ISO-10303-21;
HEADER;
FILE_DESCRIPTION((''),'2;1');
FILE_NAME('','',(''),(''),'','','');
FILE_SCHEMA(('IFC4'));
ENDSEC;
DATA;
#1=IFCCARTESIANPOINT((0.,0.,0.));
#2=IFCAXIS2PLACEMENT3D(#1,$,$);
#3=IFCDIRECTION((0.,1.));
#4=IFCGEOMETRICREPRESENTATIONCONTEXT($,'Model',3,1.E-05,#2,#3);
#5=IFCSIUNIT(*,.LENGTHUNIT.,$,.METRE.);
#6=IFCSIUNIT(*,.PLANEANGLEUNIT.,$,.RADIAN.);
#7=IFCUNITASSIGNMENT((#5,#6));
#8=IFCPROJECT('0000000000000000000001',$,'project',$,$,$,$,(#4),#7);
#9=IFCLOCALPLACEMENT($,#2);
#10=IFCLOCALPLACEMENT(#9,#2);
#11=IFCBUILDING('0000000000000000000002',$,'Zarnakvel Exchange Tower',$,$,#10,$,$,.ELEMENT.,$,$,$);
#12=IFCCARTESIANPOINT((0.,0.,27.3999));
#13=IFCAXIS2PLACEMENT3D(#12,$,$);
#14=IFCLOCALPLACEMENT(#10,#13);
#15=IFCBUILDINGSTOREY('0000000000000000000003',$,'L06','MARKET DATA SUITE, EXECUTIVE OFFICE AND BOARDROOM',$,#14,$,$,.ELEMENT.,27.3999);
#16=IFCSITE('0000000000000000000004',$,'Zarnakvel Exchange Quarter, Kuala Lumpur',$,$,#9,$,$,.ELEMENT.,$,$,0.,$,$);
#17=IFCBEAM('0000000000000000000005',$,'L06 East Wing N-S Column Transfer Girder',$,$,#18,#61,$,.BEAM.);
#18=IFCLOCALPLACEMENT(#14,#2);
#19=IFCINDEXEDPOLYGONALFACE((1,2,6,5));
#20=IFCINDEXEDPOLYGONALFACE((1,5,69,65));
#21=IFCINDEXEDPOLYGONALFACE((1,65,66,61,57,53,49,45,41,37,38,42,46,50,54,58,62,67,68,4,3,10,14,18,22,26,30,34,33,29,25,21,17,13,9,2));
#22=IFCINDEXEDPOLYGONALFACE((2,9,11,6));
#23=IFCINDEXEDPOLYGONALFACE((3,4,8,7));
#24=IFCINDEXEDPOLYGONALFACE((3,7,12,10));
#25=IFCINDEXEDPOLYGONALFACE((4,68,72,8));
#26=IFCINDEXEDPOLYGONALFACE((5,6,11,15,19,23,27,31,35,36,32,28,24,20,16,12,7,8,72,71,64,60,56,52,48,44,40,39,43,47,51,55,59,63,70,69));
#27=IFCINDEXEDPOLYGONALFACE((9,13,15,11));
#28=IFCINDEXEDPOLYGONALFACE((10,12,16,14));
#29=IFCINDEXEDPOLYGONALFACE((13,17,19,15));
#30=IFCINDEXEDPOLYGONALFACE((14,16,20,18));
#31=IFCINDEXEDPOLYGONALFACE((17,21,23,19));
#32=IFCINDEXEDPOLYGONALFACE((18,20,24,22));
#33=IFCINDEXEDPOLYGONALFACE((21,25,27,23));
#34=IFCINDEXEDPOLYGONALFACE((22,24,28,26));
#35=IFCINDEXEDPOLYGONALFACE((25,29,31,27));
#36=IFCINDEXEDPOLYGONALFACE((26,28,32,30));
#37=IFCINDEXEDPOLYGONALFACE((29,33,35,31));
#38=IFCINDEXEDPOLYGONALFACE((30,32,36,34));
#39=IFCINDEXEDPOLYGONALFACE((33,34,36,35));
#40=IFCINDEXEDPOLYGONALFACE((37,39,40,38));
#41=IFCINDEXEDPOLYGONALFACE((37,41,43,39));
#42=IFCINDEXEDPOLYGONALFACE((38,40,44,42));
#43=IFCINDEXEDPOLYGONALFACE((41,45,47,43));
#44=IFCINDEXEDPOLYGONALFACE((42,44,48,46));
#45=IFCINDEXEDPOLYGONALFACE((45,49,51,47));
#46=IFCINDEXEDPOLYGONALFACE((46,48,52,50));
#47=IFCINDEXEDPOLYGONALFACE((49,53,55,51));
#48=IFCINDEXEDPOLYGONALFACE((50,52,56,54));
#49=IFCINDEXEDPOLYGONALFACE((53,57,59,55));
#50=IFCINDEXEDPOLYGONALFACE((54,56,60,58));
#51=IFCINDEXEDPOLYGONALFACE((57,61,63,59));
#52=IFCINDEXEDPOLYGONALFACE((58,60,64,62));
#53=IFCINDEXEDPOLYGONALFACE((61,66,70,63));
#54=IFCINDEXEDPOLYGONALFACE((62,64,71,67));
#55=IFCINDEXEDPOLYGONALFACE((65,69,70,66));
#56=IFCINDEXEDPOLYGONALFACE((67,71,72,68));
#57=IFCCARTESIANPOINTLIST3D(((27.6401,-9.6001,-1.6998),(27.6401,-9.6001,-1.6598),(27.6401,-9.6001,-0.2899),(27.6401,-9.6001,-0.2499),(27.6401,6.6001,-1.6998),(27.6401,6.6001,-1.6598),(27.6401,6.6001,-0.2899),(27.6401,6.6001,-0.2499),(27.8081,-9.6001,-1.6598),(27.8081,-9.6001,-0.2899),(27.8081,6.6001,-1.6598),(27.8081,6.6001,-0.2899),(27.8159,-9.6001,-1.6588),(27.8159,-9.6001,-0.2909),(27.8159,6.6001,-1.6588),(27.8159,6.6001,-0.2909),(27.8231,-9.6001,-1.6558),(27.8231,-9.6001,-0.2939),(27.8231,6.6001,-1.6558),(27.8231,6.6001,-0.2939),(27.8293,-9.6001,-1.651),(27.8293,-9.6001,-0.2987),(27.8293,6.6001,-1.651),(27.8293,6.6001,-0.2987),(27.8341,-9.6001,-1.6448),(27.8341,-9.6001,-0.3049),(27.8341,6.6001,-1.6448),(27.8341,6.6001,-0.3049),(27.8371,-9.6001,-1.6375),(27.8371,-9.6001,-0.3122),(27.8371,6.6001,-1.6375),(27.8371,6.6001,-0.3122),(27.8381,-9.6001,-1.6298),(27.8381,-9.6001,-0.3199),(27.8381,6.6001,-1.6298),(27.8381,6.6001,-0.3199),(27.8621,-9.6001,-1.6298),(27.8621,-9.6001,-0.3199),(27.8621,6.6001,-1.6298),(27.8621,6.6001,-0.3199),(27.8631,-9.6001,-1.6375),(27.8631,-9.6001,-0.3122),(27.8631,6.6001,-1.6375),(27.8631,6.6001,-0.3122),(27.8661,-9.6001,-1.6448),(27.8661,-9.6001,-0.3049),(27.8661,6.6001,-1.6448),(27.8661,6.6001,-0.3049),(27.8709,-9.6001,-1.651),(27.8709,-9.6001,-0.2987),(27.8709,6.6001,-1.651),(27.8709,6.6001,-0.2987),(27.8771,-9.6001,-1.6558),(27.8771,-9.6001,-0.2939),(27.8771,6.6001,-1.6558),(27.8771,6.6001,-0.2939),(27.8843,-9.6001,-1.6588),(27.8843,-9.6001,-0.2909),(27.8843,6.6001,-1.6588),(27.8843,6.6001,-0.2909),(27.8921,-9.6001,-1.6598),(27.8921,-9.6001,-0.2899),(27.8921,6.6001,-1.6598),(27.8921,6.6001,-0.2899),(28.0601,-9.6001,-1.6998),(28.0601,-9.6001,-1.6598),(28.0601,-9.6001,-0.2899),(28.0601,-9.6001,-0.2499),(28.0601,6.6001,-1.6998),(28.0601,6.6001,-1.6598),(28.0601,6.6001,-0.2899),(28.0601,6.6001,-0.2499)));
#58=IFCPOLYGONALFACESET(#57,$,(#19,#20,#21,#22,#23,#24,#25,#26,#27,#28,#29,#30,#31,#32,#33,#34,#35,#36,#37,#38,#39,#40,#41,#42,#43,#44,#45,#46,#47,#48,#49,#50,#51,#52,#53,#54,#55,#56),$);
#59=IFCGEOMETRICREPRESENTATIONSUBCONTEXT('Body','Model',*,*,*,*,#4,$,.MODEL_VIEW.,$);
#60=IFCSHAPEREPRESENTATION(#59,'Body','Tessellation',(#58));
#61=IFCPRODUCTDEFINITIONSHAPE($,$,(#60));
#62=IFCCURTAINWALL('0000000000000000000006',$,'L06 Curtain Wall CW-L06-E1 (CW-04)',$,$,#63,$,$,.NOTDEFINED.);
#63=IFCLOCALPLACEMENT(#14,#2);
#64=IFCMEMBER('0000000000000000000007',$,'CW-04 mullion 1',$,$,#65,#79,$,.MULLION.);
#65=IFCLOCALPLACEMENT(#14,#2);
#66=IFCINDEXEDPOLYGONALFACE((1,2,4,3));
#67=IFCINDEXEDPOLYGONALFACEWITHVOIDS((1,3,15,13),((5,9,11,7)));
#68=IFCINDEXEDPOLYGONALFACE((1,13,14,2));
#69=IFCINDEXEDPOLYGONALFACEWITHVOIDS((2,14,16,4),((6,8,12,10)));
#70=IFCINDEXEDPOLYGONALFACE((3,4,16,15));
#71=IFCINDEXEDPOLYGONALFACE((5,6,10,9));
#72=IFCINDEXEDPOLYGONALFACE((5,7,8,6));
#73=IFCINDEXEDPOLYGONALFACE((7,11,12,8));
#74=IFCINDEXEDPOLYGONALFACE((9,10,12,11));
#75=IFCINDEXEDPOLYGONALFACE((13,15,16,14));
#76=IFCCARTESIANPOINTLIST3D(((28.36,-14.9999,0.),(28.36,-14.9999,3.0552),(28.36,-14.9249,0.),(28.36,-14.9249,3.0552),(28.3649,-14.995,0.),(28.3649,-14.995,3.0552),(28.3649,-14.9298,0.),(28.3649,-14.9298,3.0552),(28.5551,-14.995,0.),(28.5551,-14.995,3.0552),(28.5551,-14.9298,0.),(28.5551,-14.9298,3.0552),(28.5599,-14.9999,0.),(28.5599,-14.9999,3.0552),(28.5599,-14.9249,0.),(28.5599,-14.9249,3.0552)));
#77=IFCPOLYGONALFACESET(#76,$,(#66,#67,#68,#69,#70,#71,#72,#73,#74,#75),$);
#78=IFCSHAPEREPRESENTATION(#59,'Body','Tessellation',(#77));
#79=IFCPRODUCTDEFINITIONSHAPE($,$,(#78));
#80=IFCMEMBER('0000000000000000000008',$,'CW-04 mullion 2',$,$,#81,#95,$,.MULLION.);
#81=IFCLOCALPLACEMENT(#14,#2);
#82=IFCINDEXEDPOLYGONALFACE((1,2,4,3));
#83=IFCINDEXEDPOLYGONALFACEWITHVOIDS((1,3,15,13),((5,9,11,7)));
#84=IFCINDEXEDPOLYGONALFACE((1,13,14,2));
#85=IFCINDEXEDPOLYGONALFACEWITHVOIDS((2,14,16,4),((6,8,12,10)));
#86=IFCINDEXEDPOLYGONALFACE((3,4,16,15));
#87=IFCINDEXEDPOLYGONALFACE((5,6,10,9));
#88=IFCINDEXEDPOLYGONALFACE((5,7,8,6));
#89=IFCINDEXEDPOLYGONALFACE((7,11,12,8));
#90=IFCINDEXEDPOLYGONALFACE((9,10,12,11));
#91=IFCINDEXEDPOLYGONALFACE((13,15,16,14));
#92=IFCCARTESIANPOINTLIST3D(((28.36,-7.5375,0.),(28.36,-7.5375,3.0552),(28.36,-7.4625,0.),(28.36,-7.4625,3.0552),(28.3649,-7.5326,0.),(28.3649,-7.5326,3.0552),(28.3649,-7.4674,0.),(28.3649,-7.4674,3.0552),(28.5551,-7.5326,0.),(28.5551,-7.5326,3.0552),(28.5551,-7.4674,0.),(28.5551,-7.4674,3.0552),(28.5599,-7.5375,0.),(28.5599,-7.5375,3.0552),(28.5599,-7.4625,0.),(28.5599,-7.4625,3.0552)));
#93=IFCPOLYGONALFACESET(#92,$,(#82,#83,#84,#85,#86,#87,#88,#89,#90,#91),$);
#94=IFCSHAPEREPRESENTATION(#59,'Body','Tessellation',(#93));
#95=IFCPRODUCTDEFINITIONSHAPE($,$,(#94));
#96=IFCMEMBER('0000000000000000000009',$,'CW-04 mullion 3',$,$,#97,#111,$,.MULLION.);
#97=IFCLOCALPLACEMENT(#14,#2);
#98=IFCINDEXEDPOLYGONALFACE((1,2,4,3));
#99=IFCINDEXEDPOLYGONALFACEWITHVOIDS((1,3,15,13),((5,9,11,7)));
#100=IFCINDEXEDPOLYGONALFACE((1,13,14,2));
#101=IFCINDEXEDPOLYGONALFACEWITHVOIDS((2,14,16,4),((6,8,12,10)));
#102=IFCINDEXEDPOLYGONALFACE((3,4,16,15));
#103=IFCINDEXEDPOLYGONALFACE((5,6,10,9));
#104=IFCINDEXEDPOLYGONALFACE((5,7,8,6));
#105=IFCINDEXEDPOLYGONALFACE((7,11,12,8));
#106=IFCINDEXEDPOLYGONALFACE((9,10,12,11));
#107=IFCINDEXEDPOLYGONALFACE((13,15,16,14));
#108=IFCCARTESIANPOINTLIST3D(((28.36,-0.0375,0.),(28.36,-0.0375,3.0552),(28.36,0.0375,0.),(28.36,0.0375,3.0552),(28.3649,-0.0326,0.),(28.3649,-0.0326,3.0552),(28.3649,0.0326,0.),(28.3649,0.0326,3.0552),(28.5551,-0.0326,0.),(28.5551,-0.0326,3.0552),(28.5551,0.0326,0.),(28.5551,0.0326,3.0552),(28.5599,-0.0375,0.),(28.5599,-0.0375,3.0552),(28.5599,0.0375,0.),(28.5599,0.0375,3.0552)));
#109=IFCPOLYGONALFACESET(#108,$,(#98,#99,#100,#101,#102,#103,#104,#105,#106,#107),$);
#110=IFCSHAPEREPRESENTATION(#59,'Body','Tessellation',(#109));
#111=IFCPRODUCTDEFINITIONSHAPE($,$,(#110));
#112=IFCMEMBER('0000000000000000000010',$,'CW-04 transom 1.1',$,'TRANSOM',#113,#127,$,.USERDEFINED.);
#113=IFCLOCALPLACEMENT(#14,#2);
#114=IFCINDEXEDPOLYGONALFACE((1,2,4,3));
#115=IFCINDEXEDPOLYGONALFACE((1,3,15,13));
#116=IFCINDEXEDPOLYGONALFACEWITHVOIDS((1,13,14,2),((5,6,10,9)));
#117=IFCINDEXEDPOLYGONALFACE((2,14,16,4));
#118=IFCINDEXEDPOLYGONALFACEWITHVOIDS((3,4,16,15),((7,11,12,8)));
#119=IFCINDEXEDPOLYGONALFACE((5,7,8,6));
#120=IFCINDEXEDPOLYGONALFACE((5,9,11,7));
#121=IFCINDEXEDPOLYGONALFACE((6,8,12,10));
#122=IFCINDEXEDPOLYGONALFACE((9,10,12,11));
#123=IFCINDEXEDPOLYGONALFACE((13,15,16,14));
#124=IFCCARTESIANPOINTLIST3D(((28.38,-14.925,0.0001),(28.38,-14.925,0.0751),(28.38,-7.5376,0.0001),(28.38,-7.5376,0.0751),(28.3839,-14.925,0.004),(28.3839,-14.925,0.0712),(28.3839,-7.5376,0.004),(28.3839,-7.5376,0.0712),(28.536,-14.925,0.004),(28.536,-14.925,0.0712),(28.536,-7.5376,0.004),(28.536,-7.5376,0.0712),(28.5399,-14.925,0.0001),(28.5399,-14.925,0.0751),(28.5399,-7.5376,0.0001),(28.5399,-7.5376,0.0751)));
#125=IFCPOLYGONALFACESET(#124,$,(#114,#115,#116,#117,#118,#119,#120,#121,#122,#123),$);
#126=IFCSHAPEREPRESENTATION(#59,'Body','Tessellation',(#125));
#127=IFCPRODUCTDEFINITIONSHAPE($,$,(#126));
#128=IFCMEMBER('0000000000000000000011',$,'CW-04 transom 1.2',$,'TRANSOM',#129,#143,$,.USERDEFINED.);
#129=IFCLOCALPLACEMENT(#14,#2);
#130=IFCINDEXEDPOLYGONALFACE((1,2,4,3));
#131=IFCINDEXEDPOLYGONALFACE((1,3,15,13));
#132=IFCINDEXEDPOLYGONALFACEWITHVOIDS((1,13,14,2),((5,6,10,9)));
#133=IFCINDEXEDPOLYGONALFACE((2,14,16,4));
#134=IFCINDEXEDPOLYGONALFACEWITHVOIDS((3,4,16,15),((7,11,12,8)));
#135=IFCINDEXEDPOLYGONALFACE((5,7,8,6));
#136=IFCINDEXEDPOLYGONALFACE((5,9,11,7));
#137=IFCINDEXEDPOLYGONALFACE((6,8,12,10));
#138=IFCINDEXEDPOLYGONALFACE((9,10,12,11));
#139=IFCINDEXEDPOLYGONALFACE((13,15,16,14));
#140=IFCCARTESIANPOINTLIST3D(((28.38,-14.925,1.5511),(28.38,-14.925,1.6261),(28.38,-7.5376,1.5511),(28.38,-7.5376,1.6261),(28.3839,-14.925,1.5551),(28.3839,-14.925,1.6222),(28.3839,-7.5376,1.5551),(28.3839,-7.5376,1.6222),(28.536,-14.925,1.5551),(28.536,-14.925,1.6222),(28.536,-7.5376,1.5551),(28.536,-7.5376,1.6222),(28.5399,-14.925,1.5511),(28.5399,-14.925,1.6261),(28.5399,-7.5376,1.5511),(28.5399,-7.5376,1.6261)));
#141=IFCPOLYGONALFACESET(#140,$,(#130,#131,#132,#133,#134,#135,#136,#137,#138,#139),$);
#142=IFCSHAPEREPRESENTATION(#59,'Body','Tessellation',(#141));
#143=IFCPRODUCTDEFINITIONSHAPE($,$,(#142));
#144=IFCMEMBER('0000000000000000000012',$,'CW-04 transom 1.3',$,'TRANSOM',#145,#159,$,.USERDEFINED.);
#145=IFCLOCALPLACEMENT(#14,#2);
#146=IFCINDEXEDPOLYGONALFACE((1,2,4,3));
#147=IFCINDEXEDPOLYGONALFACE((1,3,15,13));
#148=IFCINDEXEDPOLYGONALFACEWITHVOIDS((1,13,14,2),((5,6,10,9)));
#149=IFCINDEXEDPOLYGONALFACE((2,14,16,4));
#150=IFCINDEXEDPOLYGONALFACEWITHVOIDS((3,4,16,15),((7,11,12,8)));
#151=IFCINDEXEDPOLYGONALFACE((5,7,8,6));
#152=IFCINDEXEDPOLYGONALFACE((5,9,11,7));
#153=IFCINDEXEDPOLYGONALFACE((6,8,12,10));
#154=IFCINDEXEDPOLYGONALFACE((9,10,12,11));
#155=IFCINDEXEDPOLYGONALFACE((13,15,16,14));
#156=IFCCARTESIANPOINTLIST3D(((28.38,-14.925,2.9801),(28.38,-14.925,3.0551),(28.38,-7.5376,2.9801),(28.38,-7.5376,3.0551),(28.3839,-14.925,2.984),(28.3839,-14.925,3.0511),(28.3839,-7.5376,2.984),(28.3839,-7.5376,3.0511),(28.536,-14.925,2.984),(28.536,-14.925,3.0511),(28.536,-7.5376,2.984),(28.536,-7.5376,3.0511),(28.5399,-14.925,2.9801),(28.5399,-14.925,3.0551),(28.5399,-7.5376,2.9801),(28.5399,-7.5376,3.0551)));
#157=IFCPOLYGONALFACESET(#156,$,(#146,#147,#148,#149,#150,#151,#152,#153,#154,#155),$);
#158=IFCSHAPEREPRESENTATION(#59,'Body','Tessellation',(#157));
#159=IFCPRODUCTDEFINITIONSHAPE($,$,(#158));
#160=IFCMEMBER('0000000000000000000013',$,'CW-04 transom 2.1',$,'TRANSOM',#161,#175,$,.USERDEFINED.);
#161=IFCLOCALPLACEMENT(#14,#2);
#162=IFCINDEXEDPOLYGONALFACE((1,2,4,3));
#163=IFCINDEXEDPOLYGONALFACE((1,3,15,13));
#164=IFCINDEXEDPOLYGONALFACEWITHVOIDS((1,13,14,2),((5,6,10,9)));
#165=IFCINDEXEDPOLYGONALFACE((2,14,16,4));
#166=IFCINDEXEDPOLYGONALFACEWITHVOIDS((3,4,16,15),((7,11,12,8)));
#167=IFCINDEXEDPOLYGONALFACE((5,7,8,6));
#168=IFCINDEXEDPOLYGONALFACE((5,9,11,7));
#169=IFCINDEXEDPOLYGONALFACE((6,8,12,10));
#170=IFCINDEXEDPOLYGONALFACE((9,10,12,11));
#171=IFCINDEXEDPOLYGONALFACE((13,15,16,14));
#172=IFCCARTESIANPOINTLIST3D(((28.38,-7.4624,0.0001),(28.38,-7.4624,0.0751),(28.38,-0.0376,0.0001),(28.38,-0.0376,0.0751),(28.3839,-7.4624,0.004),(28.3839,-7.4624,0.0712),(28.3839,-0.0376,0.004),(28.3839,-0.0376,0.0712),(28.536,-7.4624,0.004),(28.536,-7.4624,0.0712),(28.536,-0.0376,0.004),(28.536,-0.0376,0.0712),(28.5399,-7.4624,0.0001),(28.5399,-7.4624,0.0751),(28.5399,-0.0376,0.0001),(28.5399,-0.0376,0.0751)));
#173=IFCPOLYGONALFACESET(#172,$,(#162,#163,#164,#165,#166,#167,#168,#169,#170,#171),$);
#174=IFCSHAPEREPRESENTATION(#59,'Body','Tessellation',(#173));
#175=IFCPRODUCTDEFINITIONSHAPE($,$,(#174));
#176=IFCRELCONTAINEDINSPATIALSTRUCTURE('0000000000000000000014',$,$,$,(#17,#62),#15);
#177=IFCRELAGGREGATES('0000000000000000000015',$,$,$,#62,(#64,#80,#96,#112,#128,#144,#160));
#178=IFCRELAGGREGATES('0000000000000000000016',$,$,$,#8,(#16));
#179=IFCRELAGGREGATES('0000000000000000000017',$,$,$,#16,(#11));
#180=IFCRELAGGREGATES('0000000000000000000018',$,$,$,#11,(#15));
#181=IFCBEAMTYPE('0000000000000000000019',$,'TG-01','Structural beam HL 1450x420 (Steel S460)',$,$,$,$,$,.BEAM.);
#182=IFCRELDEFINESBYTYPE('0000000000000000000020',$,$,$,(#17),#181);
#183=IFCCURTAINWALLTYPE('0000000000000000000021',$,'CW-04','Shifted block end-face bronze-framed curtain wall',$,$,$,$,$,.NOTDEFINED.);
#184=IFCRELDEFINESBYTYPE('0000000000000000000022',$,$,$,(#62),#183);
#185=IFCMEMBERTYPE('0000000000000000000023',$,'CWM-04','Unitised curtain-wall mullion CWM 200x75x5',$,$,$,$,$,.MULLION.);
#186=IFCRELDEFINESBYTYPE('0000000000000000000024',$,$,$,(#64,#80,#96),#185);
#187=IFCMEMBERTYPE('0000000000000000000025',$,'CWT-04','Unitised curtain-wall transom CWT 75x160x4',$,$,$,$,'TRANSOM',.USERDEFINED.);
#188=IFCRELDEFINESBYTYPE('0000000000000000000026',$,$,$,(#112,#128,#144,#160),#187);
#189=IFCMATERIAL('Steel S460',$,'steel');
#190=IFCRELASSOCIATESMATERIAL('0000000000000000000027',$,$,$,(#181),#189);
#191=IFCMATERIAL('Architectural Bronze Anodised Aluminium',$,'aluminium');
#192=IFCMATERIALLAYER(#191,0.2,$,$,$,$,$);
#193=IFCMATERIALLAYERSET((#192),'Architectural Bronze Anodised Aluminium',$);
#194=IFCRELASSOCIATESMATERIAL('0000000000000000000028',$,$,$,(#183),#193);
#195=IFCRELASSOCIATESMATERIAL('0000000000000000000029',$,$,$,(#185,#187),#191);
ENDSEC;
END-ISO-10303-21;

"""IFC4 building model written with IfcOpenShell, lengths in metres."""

from ifc_helpers import new_model, si_unit, direction, frame, origin, origin_2d, place, context, subcontext, project, spatial, hollow_rectangle, i_section, extrude, source, transform, mapped, material, layer, layer_set, material_profile, profile_set, type_object, element, aggregate, save


model = new_model("IFC4")

# Units and contexts
model_context = context("Model", 3, precision=1e-05, world=origin(), true_north=direction((0.0, 1.0)))
body_context = subcontext(model_context, "Body", "Model", "MODEL_VIEW")
ifc_project = project(units=[si_unit("LENGTHUNIT", "METRE"), si_unit("PLANEANGLEUNIT", "RADIAN")], contexts=[model_context])

# Site, building, storey
site_placement = place(None, origin())
site = spatial("IfcSite", under=ifc_project, at=site_placement, Name="Zarnakvel Exchange Quarter, Kuala Lumpur", CompositionType="ELEMENT", RefElevation=0.0)
building_placement = place(site_placement, origin())
building = spatial("IfcBuilding", under=site, at=building_placement, Name="Zarnakvel Exchange Tower", CompositionType="ELEMENT")
storey_placement = place(building_placement, frame((0.0, 0.0, 27.3999)))
storey = spatial("IfcBuildingStorey", under=building, at=storey_placement, Name="L06", Description="MARKET DATA SUITE, EXECUTIVE OFFICE AND BOARDROOM", CompositionType="ELEMENT", Elevation=27.3999)

# Beam
ifc_material_1 = material(Name="Steel S460", Category="steel")
ifc_material_profile_1 = material_profile(ifc_material_1, i_section(OverallWidth=0.4199, OverallDepth=1.45, WebThickness=0.0239, FlangeThickness=0.04, FilletRadius=0.03, at=origin_2d()))
ifc_profile_set_1 = profile_set([ifc_material_profile_1], Name="Steel S460")
beam_type_1 = type_object("IfcBeamType", Name="TG-01", Description="Structural beam HL 1450x420 (Steel S460)", PredefinedType="BEAM", material=ifc_profile_set_1)
beam_1_placement = place(storey_placement, frame((27.8501, -9.6001, -0.9749), z_axis=(0.0, 1.0, 0.0), x_axis=(-1.0, 0.0, 0.0)))
element("IfcBeam", 1, at=beam_1_placement, inside=storey, type_object=beam_type_1, Name="L06 East Wing N-S Column Transfer Girder", PredefinedType="BEAM", context=body_context, shape_type="SweptSolid", body=[
    extrude(i_section(OverallWidth=0.4199, OverallDepth=1.45, WebThickness=0.0239, FlangeThickness=0.04, FilletRadius=0.03, at=origin_2d()), origin(), (0.0, 0.0, 1.0), 16.2002),
])

# Curtain wall, members
ifc_material_2 = material(Name="Architectural Bronze Anodised Aluminium", Category="aluminium")
ifc_layer_1 = layer(ifc_material_2, 0.2)
ifc_layer_set_1 = layer_set([ifc_layer_1], Name="Architectural Bronze Anodised Aluminium")
curtain_wall_type = type_object("IfcCurtainWallType", Name="CW-04", Description="Shifted block end-face bronze-framed curtain wall", PredefinedType="NOTDEFINED", material=ifc_layer_set_1)
curtain_wall_placement = place(storey_placement, origin())
curtain_wall = element("IfcCurtainWall", 2, at=curtain_wall_placement, inside=storey, type_object=curtain_wall_type, Name="L06 Curtain Wall CW-L06-E1 (CW-04)", PredefinedType="NOTDEFINED")
ifc_material_profile_2 = material_profile(ifc_material_2, hollow_rectangle(XDim=0.2, YDim=0.075, WallThickness=0.0049, at=origin_2d()))
ifc_profile_set_2 = profile_set([ifc_material_profile_2], Name="Architectural Bronze Anodised Aluminium")
member_type_1 = type_object("IfcMemberType", Name="CWM-04", Description="Unitised curtain-wall mullion CWM 200x75x5", PredefinedType="MULLION", material=ifc_profile_set_2)
shared_shape_1 = source(origin(), body_context, "Body", "SweptSolid", [
    extrude(hollow_rectangle(XDim=0.2, YDim=0.075, WallThickness=0.0049, at=origin_2d()), origin(), (0.0, 0.0, 1.0), 3.0552),
])
member_1_placement = place(storey_placement, frame((28.46, -14.9624, 0.0), z_axis=(0.0, 0.0, 1.0), x_axis=(-1.0, 0.0, 0.0)))
member_1 = element("IfcMember", 3, at=member_1_placement, type_object=member_type_1, Name="CW-04 mullion 1", PredefinedType="MULLION", context=body_context, shape_type="MappedRepresentation", body=[
    mapped(shared_shape_1, transform((0.0, 0.0, 0.0), x_axis=(1.0, 0.0, 0.0), y_axis=(0.0, 1.0, 0.0), z_axis=(0.0, 0.0, 1.0), scale=1.0)),
])
member_2_placement = place(storey_placement, frame((28.46, -7.5, 0.0), z_axis=(0.0, 0.0, 1.0), x_axis=(-1.0, 0.0, 0.0)))
member_2 = element("IfcMember", 4, at=member_2_placement, type_object=member_type_1, Name="CW-04 mullion 2", PredefinedType="MULLION", context=body_context, shape_type="MappedRepresentation", body=[
    mapped(shared_shape_1, transform((0.0, 0.0, 0.0), x_axis=(1.0, 0.0, 0.0), y_axis=(0.0, 1.0, 0.0), z_axis=(0.0, 0.0, 1.0), scale=1.0)),
])
member_3_placement = place(storey_placement, frame((28.46, 0.0, 0.0), z_axis=(0.0, 0.0, 1.0), x_axis=(-1.0, 0.0, 0.0)))
member_3 = element("IfcMember", 5, at=member_3_placement, type_object=member_type_1, Name="CW-04 mullion 3", PredefinedType="MULLION", context=body_context, shape_type="MappedRepresentation", body=[
    mapped(shared_shape_1, transform((0.0, 0.0, 0.0), x_axis=(1.0, 0.0, 0.0), y_axis=(0.0, 1.0, 0.0), z_axis=(0.0, 0.0, 1.0), scale=1.0)),
])
ifc_material_profile_3 = material_profile(ifc_material_2, hollow_rectangle(XDim=0.1599, YDim=0.075, WallThickness=0.0039, at=origin_2d()))
ifc_profile_set_3 = profile_set([ifc_material_profile_3], Name="Architectural Bronze Anodised Aluminium")
member_type_2 = type_object("IfcMemberType", Name="CWT-04", Description="Unitised curtain-wall transom CWT 75x160x4", ElementType="TRANSOM", PredefinedType="USERDEFINED", material=ifc_profile_set_3)
shared_shape_2 = source(origin(), body_context, "Body", "SweptSolid", [
    extrude(hollow_rectangle(XDim=0.1599, YDim=0.075, WallThickness=0.0039, at=origin_2d()), origin(), (0.0, 0.0, 1.0), 7.3875),
])
member_4_placement = place(storey_placement, frame((28.46, -14.925, 0.0376), z_axis=(0.0, 1.0, 0.0), x_axis=(-1.0, 0.0, 0.0)))
member_4 = element("IfcMember", 6, at=member_4_placement, type_object=member_type_2, Name="CW-04 transom 1.1", ObjectType="TRANSOM", PredefinedType="USERDEFINED", context=body_context, shape_type="MappedRepresentation", body=[
    mapped(shared_shape_2, transform((0.0, 0.0, 0.0), x_axis=(1.0, 0.0, 0.0), y_axis=(0.0, 1.0, 0.0), z_axis=(0.0, 0.0, 1.0), scale=1.0)),
])
member_5_placement = place(storey_placement, frame((28.46, -14.925, 1.5886), z_axis=(0.0, 1.0, 0.0), x_axis=(-1.0, 0.0, 0.0)))
member_5 = element("IfcMember", 7, at=member_5_placement, type_object=member_type_2, Name="CW-04 transom 1.2", ObjectType="TRANSOM", PredefinedType="USERDEFINED", context=body_context, shape_type="MappedRepresentation", body=[
    mapped(shared_shape_2, transform((0.0, 0.0, 0.0), x_axis=(1.0, 0.0, 0.0), y_axis=(0.0, 1.0, 0.0), z_axis=(0.0, 0.0, 1.0), scale=1.0)),
])
member_6_placement = place(storey_placement, frame((28.46, -14.925, 3.0176), z_axis=(0.0, 1.0, 0.0), x_axis=(-1.0, 0.0, 0.0)))
member_6 = element("IfcMember", 8, at=member_6_placement, type_object=member_type_2, Name="CW-04 transom 1.3", ObjectType="TRANSOM", PredefinedType="USERDEFINED", context=body_context, shape_type="MappedRepresentation", body=[
    mapped(shared_shape_2, transform((0.0, 0.0, 0.0), x_axis=(1.0, 0.0, 0.0), y_axis=(0.0, 1.0, 0.0), z_axis=(0.0, 0.0, 1.0), scale=1.0)),
])
shared_shape_3 = source(origin(), body_context, "Body", "SweptSolid", [
    extrude(hollow_rectangle(XDim=0.1599, YDim=0.075, WallThickness=0.0039, at=origin_2d()), origin(), (0.0, 0.0, 1.0), 7.4248),
])
member_7_placement = place(storey_placement, frame((28.46, -7.4624, 0.0376), z_axis=(0.0, 1.0, 0.0), x_axis=(-1.0, 0.0, 0.0)))
member_7 = element("IfcMember", 9, at=member_7_placement, type_object=member_type_2, Name="CW-04 transom 2.1", ObjectType="TRANSOM", PredefinedType="USERDEFINED", context=body_context, shape_type="MappedRepresentation", body=[
    mapped(shared_shape_3, transform((0.0, 0.0, 0.0), x_axis=(1.0, 0.0, 0.0), y_axis=(0.0, 1.0, 0.0), z_axis=(0.0, 0.0, 1.0), scale=1.0)),
])

aggregate(curtain_wall, [member_1, member_2, member_3, member_4, member_5, member_6, member_7])

save(model, "model.ifc")
